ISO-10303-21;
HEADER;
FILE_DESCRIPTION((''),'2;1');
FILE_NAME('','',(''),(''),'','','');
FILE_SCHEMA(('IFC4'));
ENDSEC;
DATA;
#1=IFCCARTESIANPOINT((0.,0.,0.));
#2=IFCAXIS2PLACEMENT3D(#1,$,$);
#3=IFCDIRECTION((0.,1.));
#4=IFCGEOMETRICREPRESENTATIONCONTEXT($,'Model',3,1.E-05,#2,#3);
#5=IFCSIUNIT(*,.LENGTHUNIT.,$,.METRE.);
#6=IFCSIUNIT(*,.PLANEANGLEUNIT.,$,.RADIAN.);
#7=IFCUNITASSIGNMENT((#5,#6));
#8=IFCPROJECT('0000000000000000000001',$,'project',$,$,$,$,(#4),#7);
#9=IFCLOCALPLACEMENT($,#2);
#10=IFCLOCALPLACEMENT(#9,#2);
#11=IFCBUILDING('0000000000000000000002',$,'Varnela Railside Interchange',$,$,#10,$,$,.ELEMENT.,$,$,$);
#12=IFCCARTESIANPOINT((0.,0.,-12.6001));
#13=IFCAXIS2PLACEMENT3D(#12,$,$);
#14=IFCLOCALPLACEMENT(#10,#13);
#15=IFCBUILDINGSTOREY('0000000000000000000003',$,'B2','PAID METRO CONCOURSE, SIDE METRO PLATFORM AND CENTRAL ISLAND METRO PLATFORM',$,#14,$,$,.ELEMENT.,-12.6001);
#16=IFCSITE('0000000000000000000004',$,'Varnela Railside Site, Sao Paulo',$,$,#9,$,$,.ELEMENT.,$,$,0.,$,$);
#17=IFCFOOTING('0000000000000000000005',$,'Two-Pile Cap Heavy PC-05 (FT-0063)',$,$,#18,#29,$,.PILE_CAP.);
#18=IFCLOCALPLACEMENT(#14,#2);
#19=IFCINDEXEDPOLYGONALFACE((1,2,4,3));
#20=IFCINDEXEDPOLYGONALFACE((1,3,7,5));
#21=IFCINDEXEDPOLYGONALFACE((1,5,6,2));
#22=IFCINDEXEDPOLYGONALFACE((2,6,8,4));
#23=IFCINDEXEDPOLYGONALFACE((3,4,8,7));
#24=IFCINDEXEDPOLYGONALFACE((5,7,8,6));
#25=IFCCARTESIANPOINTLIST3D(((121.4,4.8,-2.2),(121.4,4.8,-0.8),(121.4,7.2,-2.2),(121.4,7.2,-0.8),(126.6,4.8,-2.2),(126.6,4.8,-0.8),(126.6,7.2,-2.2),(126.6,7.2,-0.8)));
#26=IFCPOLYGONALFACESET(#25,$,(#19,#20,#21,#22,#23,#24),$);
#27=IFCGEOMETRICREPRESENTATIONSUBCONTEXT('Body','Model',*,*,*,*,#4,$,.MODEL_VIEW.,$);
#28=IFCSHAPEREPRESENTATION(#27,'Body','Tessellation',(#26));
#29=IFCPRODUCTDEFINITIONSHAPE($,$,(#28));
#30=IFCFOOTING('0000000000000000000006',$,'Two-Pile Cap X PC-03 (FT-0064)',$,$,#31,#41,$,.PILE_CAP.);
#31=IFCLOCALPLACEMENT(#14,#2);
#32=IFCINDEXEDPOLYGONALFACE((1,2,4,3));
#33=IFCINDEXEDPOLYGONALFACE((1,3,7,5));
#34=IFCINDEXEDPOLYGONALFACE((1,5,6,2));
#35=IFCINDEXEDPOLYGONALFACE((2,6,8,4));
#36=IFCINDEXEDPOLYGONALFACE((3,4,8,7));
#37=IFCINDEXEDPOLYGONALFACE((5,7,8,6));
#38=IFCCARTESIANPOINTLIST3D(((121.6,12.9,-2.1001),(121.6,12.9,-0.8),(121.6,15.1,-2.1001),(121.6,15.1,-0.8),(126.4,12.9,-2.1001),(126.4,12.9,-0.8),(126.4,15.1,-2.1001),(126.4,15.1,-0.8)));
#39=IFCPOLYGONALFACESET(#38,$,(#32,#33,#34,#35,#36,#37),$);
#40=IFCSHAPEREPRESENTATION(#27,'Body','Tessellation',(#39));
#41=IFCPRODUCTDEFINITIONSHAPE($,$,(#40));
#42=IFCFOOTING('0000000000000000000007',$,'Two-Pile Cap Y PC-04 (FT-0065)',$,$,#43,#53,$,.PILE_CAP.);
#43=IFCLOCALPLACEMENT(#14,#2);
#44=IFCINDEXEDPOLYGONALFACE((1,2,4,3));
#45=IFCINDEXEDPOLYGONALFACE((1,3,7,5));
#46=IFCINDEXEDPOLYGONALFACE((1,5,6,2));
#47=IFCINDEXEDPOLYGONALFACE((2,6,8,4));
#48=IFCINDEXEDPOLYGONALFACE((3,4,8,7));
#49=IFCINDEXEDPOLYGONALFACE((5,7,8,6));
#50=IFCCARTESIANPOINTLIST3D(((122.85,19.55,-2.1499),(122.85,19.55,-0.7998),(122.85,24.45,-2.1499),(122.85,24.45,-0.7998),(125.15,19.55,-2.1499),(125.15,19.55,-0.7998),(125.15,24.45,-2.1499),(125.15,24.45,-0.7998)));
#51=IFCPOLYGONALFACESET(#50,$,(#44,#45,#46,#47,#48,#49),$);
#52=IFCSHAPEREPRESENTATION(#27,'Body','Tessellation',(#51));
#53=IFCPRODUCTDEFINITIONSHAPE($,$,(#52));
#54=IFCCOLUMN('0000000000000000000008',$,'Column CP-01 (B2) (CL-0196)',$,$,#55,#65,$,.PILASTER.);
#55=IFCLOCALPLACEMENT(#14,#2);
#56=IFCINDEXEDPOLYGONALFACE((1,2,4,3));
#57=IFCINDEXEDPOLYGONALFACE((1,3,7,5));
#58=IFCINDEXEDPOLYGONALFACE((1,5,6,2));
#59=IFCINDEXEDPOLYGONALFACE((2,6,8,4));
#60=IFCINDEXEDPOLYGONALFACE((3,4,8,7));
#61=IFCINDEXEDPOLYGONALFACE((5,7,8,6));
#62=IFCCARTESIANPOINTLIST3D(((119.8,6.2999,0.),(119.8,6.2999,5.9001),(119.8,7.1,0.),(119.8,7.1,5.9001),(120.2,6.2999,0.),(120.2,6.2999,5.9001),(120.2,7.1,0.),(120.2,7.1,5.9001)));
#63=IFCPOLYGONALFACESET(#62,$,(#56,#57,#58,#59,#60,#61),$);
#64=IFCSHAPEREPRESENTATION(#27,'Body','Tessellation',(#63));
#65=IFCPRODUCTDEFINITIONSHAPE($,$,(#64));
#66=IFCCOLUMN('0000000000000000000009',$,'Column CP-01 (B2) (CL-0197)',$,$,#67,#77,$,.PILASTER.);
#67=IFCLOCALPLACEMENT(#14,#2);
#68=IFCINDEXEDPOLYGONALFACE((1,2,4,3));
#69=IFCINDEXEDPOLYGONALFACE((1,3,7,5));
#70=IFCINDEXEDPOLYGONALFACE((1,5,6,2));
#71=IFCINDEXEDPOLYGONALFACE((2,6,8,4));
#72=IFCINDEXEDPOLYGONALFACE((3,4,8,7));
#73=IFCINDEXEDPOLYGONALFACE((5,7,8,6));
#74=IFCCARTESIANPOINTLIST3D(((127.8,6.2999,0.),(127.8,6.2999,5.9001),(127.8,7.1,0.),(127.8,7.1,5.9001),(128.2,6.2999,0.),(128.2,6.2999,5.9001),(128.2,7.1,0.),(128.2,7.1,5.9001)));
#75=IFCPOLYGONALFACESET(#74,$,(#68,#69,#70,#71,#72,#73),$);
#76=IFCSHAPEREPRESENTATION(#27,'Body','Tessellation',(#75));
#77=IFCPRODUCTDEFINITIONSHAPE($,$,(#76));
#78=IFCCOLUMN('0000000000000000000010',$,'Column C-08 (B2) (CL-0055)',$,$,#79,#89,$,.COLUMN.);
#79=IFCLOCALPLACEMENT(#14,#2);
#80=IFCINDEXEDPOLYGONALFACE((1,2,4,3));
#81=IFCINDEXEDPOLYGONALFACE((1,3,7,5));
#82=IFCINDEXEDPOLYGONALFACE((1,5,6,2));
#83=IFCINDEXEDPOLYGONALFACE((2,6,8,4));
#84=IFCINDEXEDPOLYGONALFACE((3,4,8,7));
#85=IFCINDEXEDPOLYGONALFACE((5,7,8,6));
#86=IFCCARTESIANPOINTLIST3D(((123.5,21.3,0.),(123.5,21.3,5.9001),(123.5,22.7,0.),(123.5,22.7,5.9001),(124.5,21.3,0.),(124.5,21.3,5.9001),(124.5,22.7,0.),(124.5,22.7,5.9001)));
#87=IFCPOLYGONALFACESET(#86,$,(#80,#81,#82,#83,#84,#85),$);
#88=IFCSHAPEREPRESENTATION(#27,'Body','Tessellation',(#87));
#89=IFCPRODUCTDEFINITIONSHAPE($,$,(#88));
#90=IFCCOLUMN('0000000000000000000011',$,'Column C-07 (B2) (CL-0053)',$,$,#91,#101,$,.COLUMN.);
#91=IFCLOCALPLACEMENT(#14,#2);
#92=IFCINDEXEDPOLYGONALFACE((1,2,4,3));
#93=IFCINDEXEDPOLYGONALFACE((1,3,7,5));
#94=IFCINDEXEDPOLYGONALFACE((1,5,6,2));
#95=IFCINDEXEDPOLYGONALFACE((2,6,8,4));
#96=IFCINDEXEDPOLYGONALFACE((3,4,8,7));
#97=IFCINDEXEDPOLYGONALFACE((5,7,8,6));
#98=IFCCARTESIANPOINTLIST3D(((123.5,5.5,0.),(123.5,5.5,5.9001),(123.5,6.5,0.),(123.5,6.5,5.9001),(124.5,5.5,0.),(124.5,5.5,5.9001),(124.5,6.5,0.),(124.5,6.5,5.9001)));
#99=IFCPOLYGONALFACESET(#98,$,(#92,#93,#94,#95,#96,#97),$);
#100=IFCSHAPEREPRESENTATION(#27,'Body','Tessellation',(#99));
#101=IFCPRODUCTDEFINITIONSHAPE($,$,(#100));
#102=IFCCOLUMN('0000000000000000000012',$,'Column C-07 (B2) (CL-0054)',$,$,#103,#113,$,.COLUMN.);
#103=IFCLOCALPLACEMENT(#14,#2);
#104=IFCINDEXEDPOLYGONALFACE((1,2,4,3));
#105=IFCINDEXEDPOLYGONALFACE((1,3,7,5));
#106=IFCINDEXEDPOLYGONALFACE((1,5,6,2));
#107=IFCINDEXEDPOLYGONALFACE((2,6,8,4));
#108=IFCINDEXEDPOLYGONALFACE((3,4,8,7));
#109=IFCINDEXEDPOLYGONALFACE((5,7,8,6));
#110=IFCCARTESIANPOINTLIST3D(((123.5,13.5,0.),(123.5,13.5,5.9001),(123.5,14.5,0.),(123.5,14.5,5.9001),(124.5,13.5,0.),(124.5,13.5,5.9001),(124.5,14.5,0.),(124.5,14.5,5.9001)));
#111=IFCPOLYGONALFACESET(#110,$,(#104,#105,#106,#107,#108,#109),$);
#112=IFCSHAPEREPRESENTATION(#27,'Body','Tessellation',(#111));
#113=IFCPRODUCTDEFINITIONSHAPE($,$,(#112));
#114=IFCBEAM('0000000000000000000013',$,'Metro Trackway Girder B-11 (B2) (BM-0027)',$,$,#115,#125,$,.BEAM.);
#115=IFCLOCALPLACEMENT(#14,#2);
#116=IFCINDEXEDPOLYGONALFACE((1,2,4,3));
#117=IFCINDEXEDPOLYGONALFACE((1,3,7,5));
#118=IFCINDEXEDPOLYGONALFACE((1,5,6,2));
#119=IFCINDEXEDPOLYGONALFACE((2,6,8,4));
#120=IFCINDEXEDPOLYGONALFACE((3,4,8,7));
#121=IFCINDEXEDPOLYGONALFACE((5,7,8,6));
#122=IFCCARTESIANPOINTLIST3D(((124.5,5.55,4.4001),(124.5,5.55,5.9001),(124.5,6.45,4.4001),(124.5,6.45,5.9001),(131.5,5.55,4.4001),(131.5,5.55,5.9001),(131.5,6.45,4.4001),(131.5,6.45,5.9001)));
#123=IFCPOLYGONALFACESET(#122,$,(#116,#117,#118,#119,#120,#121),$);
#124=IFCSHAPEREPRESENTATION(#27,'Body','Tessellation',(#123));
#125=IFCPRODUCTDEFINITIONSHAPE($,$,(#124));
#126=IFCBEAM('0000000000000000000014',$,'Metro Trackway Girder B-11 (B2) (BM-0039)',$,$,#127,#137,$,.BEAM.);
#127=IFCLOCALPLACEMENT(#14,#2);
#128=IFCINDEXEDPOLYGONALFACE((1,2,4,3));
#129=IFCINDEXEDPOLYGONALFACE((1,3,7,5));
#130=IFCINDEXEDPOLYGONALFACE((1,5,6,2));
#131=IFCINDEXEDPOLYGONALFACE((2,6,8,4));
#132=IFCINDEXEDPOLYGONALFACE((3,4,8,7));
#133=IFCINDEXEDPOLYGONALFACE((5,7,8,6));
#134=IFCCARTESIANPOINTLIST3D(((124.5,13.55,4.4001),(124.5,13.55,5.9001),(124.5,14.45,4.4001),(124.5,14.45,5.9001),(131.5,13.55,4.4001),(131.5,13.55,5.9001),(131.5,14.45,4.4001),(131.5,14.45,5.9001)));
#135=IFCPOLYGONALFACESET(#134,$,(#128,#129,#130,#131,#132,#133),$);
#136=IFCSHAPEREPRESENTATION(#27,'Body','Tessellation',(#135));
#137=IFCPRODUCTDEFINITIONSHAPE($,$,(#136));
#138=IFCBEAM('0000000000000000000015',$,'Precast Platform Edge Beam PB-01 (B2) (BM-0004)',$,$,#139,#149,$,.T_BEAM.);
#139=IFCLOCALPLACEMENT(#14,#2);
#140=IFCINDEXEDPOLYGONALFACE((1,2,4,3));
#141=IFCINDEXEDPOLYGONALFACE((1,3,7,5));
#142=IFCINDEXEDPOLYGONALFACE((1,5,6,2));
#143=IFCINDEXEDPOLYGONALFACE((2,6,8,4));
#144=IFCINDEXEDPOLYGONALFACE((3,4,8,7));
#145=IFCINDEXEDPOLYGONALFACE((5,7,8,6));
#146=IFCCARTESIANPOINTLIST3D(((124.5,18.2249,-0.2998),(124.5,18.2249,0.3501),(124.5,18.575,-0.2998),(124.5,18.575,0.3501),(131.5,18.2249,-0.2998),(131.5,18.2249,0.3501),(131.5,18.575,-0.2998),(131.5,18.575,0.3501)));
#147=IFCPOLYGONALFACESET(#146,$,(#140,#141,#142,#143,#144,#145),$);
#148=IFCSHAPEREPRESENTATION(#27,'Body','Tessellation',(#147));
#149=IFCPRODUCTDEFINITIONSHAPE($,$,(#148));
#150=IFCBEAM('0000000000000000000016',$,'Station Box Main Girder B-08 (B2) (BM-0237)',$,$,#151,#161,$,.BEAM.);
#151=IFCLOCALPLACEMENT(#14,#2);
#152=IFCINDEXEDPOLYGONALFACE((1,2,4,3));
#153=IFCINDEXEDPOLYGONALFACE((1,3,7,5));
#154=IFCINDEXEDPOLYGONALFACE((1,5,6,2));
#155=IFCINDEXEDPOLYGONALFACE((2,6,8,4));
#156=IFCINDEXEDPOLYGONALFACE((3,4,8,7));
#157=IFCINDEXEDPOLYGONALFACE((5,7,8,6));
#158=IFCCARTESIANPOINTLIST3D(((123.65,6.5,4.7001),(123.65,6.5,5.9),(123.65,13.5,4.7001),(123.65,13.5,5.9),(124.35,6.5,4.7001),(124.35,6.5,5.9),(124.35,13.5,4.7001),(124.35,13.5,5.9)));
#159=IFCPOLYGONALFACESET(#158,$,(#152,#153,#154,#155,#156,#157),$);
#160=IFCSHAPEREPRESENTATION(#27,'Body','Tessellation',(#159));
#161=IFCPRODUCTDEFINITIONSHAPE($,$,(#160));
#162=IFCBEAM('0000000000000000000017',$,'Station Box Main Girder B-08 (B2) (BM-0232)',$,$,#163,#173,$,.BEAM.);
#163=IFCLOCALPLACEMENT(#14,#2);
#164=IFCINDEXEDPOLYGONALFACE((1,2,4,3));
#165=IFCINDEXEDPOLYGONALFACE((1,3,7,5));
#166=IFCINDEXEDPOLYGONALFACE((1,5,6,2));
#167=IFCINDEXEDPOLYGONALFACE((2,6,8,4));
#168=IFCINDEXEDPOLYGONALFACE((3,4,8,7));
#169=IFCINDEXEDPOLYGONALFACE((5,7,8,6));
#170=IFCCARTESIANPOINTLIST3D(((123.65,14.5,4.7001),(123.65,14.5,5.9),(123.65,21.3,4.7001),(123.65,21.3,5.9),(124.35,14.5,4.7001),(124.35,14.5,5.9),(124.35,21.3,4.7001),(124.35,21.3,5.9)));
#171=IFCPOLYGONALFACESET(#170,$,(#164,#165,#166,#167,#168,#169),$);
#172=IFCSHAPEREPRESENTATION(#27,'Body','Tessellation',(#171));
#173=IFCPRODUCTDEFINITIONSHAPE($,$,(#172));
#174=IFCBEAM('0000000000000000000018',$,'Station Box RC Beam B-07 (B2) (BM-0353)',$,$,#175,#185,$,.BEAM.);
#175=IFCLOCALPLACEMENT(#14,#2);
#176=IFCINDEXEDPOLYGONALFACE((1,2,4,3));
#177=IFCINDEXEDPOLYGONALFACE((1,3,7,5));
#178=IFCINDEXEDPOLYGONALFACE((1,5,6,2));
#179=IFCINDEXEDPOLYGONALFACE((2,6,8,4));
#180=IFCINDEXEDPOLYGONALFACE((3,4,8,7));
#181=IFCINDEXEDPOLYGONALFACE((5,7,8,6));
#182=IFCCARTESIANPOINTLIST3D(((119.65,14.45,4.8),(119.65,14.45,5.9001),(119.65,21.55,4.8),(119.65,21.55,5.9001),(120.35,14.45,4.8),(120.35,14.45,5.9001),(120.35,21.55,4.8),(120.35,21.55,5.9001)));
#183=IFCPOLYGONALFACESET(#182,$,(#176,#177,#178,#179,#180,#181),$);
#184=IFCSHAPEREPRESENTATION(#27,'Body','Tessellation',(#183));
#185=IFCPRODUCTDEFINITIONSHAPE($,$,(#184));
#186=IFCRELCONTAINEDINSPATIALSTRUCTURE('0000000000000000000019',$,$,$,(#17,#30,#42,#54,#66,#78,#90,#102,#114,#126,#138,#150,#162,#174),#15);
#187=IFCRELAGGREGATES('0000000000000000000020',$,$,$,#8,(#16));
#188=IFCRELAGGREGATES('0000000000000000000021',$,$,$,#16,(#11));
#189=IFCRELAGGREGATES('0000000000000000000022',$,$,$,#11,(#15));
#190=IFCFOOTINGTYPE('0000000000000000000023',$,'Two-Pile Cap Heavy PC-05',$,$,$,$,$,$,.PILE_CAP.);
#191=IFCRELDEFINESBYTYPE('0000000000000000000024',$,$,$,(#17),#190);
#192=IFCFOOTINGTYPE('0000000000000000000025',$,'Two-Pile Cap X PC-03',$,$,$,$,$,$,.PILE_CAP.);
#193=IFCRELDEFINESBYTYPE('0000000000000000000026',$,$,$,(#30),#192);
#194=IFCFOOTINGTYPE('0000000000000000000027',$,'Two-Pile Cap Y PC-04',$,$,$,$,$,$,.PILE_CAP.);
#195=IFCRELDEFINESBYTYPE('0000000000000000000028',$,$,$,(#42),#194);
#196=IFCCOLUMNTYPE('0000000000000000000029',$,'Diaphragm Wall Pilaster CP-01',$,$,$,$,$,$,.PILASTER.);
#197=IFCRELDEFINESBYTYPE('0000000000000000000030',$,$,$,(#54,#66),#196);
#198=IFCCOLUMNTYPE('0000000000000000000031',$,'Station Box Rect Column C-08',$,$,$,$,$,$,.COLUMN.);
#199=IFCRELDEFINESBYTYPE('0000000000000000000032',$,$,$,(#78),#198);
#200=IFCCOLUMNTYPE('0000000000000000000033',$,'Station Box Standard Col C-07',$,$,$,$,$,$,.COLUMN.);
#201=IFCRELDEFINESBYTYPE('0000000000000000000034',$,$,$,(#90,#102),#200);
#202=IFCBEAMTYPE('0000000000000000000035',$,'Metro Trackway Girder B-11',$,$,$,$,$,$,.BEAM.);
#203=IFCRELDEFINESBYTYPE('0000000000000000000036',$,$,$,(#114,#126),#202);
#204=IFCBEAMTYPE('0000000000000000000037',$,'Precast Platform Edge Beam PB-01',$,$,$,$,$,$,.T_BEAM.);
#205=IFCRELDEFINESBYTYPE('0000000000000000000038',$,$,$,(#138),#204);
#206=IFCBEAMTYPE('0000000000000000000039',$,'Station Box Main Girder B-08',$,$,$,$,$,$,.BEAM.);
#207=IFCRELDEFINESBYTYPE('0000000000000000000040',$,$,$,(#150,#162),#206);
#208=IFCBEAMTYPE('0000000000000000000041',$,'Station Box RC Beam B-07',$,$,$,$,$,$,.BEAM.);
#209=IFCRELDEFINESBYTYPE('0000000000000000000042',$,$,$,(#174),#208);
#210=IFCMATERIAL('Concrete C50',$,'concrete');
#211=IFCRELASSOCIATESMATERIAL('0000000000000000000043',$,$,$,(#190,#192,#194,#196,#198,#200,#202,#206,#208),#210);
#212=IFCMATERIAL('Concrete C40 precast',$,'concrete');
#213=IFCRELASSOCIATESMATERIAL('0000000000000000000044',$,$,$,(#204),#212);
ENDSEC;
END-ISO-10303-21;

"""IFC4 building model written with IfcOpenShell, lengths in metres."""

from ifc_helpers import new_model, si_unit, direction, frame, origin, origin_2d, place, context, subcontext, project, spatial, rectangle, extrude, material, material_profile, profile_set, type_object, element, save


model = new_model("IFC4")

# Units and contexts
model_context = context("Model", 3, precision=1e-05, world=origin(), true_north=direction((0.0, 1.0)))
body_context = subcontext(model_context, "Body", "Model", "MODEL_VIEW")
ifc_project = project(units=[si_unit("LENGTHUNIT", "METRE"), si_unit("PLANEANGLEUNIT", "RADIAN")], contexts=[model_context])

# Site, building, storey
site_placement = place(None, origin())
site = spatial("IfcSite", under=ifc_project, at=site_placement, Name="Varnela Railside Site, Sao Paulo", CompositionType="ELEMENT", RefElevation=0.0)
building_placement = place(site_placement, origin())
building = spatial("IfcBuilding", under=site, at=building_placement, Name="Varnela Railside Interchange", CompositionType="ELEMENT")
storey_placement = place(building_placement, frame((0.0, 0.0, -12.6001)))
storey = spatial("IfcBuildingStorey", under=building, at=storey_placement, Name="B2", Description="PAID METRO CONCOURSE, SIDE METRO PLATFORM AND CENTRAL ISLAND METRO PLATFORM", CompositionType="ELEMENT", Elevation=-12.6001)

# Footings
ifc_material_1 = material(Name="Concrete C50", Category="concrete")
footing_type_1 = type_object("IfcFootingType", Name="Two-Pile Cap Heavy PC-05", PredefinedType="PILE_CAP", material=ifc_material_1)
footing_1_placement = place(storey_placement, frame((124.0, 6.0, -2.2), z_axis=(0.0, 0.0, 1.0), x_axis=(1.0, 0.0, 0.0)))
element("IfcFooting", 1, at=footing_1_placement, inside=storey, type_object=footing_type_1, Name="Two-Pile Cap Heavy PC-05 (FT-0063)", PredefinedType="PILE_CAP", context=body_context, shape_type="SweptSolid", body=[
    extrude(rectangle(XDim=5.2, YDim=2.3999, at=origin_2d()), origin(), (0.0, 0.0, 1.0), 1.3999),
])
footing_type_2 = type_object("IfcFootingType", Name="Two-Pile Cap X PC-03", PredefinedType="PILE_CAP", material=ifc_material_1)
footing_2_placement = place(storey_placement, frame((124.0, 14.0, -2.1001), z_axis=(0.0, 0.0, 1.0), x_axis=(1.0, 0.0, 0.0)))
element("IfcFooting", 2, at=footing_2_placement, inside=storey, type_object=footing_type_2, Name="Two-Pile Cap X PC-03 (FT-0064)", PredefinedType="PILE_CAP", context=body_context, shape_type="SweptSolid", body=[
    extrude(rectangle(XDim=4.8, YDim=2.2, at=origin_2d()), origin(), (0.0, 0.0, 1.0), 1.3),
])
footing_type_3 = type_object("IfcFootingType", Name="Two-Pile Cap Y PC-04", PredefinedType="PILE_CAP", material=ifc_material_1)
footing_3_placement = place(storey_placement, frame((124.0, 22.0, -2.1499), z_axis=(0.0, 0.0, 1.0), x_axis=(1.0, 0.0, 0.0)))
element("IfcFooting", 3, at=footing_3_placement, inside=storey, type_object=footing_type_3, Name="Two-Pile Cap Y PC-04 (FT-0065)", PredefinedType="PILE_CAP", context=body_context, shape_type="SweptSolid", body=[
    extrude(rectangle(XDim=2.3, YDim=4.8999, at=origin_2d()), origin(), (0.0, 0.0, 1.0), 1.3501),
])

# Columns
ifc_material_profile_1 = material_profile(ifc_material_1, rectangle(XDim=0.3999, YDim=0.8, at=origin_2d()), Name="RC 400x800")
ifc_profile_set_1 = profile_set([ifc_material_profile_1], Name="Concrete C50")
column_type_1 = type_object("IfcColumnType", Name="Diaphragm Wall Pilaster CP-01", PredefinedType="PILASTER", material=ifc_profile_set_1)
for number, where, z_axis, x_axis, name in (
    (4, (120.0, 6.7, 0.0), (0.0, 0.0, 1.0), (1.0, 0.0, 0.0), "Column CP-01 (B2) (CL-0196)"),
    (5, (128.0, 6.7, 0.0), (0.0, 0.0, 1.0), (1.0, 0.0, 0.0), "Column CP-01 (B2) (CL-0197)"),
):
    element("IfcColumn", number, at=place(storey_placement, frame(where, z_axis=z_axis, x_axis=x_axis)), inside=storey, type_object=column_type_1, Name=name, PredefinedType="PILASTER", context=body_context, shape_type="SweptSolid", body=[
        extrude(rectangle(XDim=0.3999, YDim=0.8, at=origin_2d()), origin(), (0.0, 0.0, 1.0), 5.9001),
    ])
ifc_material_profile_2 = material_profile(ifc_material_1, rectangle(XDim=1.0, YDim=1.3999, at=origin_2d()), Name="RC 1000x1400")
ifc_profile_set_2 = profile_set([ifc_material_profile_2], Name="Concrete C50")
column_type_2 = type_object("IfcColumnType", Name="Station Box Rect Column C-08", PredefinedType="COLUMN", material=ifc_profile_set_2)
column_placement = place(storey_placement, frame((124.0, 22.0, 0.0), z_axis=(0.0, 0.0, 1.0), x_axis=(1.0, 0.0, 0.0)))
element("IfcColumn", 6, at=column_placement, inside=storey, type_object=column_type_2, Name="Column C-08 (B2) (CL-0055)", PredefinedType="COLUMN", context=body_context, shape_type="SweptSolid", body=[
    extrude(rectangle(XDim=1.0, YDim=1.3999, at=origin_2d()), origin(), (0.0, 0.0, 1.0), 5.9001),
])
ifc_material_profile_3 = material_profile(ifc_material_1, rectangle(XDim=1.0, YDim=1.0, at=origin_2d()), Name="RC 1000x1000")
ifc_profile_set_3 = profile_set([ifc_material_profile_3], Name="Concrete C50")
column_type_3 = type_object("IfcColumnType", Name="Station Box Standard Col C-07", PredefinedType="COLUMN", material=ifc_profile_set_3)
for number, where, z_axis, x_axis, name in (
    (7, (124.0, 6.0, 0.0), (0.0, 0.0, 1.0), (1.0, 0.0, 0.0), "Column C-07 (B2) (CL-0053)"),
    (8, (124.0, 14.0, 0.0), (0.0, 0.0, 1.0), (1.0, 0.0, 0.0), "Column C-07 (B2) (CL-0054)"),
):
    element("IfcColumn", number, at=place(storey_placement, frame(where, z_axis=z_axis, x_axis=x_axis)), inside=storey, type_object=column_type_3, Name=name, PredefinedType="COLUMN", context=body_context, shape_type="SweptSolid", body=[
        extrude(rectangle(XDim=1.0, YDim=1.0, at=origin_2d()), origin(), (0.0, 0.0, 1.0), 5.9001),
    ])

# Beams
ifc_material_profile_4 = material_profile(ifc_material_1, rectangle(XDim=0.8999, YDim=1.5, at=origin_2d()), Name="RC 900x1500")
ifc_profile_set_4 = profile_set([ifc_material_profile_4], Name="Concrete C50")
beam_type_1 = type_object("IfcBeamType", Name="Metro Trackway Girder B-11", PredefinedType="BEAM", material=ifc_profile_set_4)
for number, where, z_axis, x_axis, name in (
    (9, (124.5, 6.0, 5.1501), (1.0, 0.0, 0.0), (0.0, 1.0, 0.0), "Metro Trackway Girder B-11 (B2) (BM-0027)"),
    (10, (124.5, 14.0, 5.1501), (1.0, 0.0, 0.0), (0.0, 1.0, 0.0), "Metro Trackway Girder B-11 (B2) (BM-0039)"),
):
    element("IfcBeam", number, at=place(storey_placement, frame(where, z_axis=z_axis, x_axis=x_axis)), inside=storey, type_object=beam_type_1, Name=name, PredefinedType="BEAM", context=body_context, shape_type="SweptSolid", body=[
        extrude(rectangle(XDim=0.8999, YDim=1.5, at=origin_2d()), origin(), (0.0, 0.0, 1.0), 7.0),
    ])
ifc_material_2 = material(Name="Concrete C40 precast", Category="concrete")
ifc_material_profile_5 = material_profile(ifc_material_2, rectangle(XDim=0.3501, YDim=0.6499, at=origin_2d()), Name="PC 350x650")
ifc_profile_set_5 = profile_set([ifc_material_profile_5], Name="Concrete C40 precast")
beam_type_2 = type_object("IfcBeamType", Name="Precast Platform Edge Beam PB-01", PredefinedType="T_BEAM", material=ifc_profile_set_5)
beam_1_placement = place(storey_placement, frame((124.5, 18.3999, 0.0251), z_axis=(1.0, 0.0, 0.0), x_axis=(0.0, 1.0, 0.0)))
element("IfcBeam", 11, at=beam_1_placement, inside=storey, type_object=beam_type_2, Name="Precast Platform Edge Beam PB-01 (B2) (BM-0004)", PredefinedType="T_BEAM", context=body_context, shape_type="SweptSolid", body=[
    extrude(rectangle(XDim=0.3501, YDim=0.6499, at=origin_2d()), origin(), (0.0, 0.0, 1.0), 7.0),
])
ifc_material_profile_6 = material_profile(ifc_material_1, rectangle(XDim=0.7, YDim=1.2, at=origin_2d()), Name="RC 700x1200")
ifc_profile_set_6 = profile_set([ifc_material_profile_6], Name="Concrete C50")
beam_type_3 = type_object("IfcBeamType", Name="Station Box Main Girder B-08", PredefinedType="BEAM", material=ifc_profile_set_6)
beam_2_placement = place(storey_placement, frame((124.0, 6.5, 5.3), z_axis=(0.0, 1.0, 0.0), x_axis=(-1.0, 0.0, 0.0)))
element("IfcBeam", 12, at=beam_2_placement, inside=storey, type_object=beam_type_3, Name="Station Box Main Girder B-08 (B2) (BM-0237)", PredefinedType="BEAM", context=body_context, shape_type="SweptSolid", body=[
    extrude(rectangle(XDim=0.7, YDim=1.2, at=origin_2d()), origin(), (0.0, 0.0, 1.0), 7.0),
])
beam_3_placement = place(storey_placement, frame((124.0, 14.5, 5.3), z_axis=(0.0, 1.0, 0.0), x_axis=(-1.0, 0.0, 0.0)))
element("IfcBeam", 13, at=beam_3_placement, inside=storey, type_object=beam_type_3, Name="Station Box Main Girder B-08 (B2) (BM-0232)", PredefinedType="BEAM", context=body_context, shape_type="SweptSolid", body=[
    extrude(rectangle(XDim=0.7, YDim=1.2, at=origin_2d()), origin(), (0.0, 0.0, 1.0), 6.8),
])
ifc_material_profile_7 = material_profile(ifc_material_1, rectangle(XDim=0.7, YDim=1.1001, at=origin_2d()), Name="RC 700x1100")
ifc_profile_set_7 = profile_set([ifc_material_profile_7], Name="Concrete C50")
beam_type_4 = type_object("IfcBeamType", Name="Station Box RC Beam B-07", PredefinedType="BEAM", material=ifc_profile_set_7)
beam_4_placement = place(storey_placement, frame((120.0, 14.45, 5.3501), z_axis=(0.0, 1.0, 0.0), x_axis=(-1.0, 0.0, 0.0)))
element("IfcBeam", 14, at=beam_4_placement, inside=storey, type_object=beam_type_4, Name="Station Box RC Beam B-07 (B2) (BM-0353)", PredefinedType="BEAM", context=body_context, shape_type="SweptSolid", body=[
    extrude(rectangle(XDim=0.7, YDim=1.1001, at=origin_2d()), origin(), (0.0, 0.0, 1.0), 7.1001),
])

save(model, "model.ifc")
